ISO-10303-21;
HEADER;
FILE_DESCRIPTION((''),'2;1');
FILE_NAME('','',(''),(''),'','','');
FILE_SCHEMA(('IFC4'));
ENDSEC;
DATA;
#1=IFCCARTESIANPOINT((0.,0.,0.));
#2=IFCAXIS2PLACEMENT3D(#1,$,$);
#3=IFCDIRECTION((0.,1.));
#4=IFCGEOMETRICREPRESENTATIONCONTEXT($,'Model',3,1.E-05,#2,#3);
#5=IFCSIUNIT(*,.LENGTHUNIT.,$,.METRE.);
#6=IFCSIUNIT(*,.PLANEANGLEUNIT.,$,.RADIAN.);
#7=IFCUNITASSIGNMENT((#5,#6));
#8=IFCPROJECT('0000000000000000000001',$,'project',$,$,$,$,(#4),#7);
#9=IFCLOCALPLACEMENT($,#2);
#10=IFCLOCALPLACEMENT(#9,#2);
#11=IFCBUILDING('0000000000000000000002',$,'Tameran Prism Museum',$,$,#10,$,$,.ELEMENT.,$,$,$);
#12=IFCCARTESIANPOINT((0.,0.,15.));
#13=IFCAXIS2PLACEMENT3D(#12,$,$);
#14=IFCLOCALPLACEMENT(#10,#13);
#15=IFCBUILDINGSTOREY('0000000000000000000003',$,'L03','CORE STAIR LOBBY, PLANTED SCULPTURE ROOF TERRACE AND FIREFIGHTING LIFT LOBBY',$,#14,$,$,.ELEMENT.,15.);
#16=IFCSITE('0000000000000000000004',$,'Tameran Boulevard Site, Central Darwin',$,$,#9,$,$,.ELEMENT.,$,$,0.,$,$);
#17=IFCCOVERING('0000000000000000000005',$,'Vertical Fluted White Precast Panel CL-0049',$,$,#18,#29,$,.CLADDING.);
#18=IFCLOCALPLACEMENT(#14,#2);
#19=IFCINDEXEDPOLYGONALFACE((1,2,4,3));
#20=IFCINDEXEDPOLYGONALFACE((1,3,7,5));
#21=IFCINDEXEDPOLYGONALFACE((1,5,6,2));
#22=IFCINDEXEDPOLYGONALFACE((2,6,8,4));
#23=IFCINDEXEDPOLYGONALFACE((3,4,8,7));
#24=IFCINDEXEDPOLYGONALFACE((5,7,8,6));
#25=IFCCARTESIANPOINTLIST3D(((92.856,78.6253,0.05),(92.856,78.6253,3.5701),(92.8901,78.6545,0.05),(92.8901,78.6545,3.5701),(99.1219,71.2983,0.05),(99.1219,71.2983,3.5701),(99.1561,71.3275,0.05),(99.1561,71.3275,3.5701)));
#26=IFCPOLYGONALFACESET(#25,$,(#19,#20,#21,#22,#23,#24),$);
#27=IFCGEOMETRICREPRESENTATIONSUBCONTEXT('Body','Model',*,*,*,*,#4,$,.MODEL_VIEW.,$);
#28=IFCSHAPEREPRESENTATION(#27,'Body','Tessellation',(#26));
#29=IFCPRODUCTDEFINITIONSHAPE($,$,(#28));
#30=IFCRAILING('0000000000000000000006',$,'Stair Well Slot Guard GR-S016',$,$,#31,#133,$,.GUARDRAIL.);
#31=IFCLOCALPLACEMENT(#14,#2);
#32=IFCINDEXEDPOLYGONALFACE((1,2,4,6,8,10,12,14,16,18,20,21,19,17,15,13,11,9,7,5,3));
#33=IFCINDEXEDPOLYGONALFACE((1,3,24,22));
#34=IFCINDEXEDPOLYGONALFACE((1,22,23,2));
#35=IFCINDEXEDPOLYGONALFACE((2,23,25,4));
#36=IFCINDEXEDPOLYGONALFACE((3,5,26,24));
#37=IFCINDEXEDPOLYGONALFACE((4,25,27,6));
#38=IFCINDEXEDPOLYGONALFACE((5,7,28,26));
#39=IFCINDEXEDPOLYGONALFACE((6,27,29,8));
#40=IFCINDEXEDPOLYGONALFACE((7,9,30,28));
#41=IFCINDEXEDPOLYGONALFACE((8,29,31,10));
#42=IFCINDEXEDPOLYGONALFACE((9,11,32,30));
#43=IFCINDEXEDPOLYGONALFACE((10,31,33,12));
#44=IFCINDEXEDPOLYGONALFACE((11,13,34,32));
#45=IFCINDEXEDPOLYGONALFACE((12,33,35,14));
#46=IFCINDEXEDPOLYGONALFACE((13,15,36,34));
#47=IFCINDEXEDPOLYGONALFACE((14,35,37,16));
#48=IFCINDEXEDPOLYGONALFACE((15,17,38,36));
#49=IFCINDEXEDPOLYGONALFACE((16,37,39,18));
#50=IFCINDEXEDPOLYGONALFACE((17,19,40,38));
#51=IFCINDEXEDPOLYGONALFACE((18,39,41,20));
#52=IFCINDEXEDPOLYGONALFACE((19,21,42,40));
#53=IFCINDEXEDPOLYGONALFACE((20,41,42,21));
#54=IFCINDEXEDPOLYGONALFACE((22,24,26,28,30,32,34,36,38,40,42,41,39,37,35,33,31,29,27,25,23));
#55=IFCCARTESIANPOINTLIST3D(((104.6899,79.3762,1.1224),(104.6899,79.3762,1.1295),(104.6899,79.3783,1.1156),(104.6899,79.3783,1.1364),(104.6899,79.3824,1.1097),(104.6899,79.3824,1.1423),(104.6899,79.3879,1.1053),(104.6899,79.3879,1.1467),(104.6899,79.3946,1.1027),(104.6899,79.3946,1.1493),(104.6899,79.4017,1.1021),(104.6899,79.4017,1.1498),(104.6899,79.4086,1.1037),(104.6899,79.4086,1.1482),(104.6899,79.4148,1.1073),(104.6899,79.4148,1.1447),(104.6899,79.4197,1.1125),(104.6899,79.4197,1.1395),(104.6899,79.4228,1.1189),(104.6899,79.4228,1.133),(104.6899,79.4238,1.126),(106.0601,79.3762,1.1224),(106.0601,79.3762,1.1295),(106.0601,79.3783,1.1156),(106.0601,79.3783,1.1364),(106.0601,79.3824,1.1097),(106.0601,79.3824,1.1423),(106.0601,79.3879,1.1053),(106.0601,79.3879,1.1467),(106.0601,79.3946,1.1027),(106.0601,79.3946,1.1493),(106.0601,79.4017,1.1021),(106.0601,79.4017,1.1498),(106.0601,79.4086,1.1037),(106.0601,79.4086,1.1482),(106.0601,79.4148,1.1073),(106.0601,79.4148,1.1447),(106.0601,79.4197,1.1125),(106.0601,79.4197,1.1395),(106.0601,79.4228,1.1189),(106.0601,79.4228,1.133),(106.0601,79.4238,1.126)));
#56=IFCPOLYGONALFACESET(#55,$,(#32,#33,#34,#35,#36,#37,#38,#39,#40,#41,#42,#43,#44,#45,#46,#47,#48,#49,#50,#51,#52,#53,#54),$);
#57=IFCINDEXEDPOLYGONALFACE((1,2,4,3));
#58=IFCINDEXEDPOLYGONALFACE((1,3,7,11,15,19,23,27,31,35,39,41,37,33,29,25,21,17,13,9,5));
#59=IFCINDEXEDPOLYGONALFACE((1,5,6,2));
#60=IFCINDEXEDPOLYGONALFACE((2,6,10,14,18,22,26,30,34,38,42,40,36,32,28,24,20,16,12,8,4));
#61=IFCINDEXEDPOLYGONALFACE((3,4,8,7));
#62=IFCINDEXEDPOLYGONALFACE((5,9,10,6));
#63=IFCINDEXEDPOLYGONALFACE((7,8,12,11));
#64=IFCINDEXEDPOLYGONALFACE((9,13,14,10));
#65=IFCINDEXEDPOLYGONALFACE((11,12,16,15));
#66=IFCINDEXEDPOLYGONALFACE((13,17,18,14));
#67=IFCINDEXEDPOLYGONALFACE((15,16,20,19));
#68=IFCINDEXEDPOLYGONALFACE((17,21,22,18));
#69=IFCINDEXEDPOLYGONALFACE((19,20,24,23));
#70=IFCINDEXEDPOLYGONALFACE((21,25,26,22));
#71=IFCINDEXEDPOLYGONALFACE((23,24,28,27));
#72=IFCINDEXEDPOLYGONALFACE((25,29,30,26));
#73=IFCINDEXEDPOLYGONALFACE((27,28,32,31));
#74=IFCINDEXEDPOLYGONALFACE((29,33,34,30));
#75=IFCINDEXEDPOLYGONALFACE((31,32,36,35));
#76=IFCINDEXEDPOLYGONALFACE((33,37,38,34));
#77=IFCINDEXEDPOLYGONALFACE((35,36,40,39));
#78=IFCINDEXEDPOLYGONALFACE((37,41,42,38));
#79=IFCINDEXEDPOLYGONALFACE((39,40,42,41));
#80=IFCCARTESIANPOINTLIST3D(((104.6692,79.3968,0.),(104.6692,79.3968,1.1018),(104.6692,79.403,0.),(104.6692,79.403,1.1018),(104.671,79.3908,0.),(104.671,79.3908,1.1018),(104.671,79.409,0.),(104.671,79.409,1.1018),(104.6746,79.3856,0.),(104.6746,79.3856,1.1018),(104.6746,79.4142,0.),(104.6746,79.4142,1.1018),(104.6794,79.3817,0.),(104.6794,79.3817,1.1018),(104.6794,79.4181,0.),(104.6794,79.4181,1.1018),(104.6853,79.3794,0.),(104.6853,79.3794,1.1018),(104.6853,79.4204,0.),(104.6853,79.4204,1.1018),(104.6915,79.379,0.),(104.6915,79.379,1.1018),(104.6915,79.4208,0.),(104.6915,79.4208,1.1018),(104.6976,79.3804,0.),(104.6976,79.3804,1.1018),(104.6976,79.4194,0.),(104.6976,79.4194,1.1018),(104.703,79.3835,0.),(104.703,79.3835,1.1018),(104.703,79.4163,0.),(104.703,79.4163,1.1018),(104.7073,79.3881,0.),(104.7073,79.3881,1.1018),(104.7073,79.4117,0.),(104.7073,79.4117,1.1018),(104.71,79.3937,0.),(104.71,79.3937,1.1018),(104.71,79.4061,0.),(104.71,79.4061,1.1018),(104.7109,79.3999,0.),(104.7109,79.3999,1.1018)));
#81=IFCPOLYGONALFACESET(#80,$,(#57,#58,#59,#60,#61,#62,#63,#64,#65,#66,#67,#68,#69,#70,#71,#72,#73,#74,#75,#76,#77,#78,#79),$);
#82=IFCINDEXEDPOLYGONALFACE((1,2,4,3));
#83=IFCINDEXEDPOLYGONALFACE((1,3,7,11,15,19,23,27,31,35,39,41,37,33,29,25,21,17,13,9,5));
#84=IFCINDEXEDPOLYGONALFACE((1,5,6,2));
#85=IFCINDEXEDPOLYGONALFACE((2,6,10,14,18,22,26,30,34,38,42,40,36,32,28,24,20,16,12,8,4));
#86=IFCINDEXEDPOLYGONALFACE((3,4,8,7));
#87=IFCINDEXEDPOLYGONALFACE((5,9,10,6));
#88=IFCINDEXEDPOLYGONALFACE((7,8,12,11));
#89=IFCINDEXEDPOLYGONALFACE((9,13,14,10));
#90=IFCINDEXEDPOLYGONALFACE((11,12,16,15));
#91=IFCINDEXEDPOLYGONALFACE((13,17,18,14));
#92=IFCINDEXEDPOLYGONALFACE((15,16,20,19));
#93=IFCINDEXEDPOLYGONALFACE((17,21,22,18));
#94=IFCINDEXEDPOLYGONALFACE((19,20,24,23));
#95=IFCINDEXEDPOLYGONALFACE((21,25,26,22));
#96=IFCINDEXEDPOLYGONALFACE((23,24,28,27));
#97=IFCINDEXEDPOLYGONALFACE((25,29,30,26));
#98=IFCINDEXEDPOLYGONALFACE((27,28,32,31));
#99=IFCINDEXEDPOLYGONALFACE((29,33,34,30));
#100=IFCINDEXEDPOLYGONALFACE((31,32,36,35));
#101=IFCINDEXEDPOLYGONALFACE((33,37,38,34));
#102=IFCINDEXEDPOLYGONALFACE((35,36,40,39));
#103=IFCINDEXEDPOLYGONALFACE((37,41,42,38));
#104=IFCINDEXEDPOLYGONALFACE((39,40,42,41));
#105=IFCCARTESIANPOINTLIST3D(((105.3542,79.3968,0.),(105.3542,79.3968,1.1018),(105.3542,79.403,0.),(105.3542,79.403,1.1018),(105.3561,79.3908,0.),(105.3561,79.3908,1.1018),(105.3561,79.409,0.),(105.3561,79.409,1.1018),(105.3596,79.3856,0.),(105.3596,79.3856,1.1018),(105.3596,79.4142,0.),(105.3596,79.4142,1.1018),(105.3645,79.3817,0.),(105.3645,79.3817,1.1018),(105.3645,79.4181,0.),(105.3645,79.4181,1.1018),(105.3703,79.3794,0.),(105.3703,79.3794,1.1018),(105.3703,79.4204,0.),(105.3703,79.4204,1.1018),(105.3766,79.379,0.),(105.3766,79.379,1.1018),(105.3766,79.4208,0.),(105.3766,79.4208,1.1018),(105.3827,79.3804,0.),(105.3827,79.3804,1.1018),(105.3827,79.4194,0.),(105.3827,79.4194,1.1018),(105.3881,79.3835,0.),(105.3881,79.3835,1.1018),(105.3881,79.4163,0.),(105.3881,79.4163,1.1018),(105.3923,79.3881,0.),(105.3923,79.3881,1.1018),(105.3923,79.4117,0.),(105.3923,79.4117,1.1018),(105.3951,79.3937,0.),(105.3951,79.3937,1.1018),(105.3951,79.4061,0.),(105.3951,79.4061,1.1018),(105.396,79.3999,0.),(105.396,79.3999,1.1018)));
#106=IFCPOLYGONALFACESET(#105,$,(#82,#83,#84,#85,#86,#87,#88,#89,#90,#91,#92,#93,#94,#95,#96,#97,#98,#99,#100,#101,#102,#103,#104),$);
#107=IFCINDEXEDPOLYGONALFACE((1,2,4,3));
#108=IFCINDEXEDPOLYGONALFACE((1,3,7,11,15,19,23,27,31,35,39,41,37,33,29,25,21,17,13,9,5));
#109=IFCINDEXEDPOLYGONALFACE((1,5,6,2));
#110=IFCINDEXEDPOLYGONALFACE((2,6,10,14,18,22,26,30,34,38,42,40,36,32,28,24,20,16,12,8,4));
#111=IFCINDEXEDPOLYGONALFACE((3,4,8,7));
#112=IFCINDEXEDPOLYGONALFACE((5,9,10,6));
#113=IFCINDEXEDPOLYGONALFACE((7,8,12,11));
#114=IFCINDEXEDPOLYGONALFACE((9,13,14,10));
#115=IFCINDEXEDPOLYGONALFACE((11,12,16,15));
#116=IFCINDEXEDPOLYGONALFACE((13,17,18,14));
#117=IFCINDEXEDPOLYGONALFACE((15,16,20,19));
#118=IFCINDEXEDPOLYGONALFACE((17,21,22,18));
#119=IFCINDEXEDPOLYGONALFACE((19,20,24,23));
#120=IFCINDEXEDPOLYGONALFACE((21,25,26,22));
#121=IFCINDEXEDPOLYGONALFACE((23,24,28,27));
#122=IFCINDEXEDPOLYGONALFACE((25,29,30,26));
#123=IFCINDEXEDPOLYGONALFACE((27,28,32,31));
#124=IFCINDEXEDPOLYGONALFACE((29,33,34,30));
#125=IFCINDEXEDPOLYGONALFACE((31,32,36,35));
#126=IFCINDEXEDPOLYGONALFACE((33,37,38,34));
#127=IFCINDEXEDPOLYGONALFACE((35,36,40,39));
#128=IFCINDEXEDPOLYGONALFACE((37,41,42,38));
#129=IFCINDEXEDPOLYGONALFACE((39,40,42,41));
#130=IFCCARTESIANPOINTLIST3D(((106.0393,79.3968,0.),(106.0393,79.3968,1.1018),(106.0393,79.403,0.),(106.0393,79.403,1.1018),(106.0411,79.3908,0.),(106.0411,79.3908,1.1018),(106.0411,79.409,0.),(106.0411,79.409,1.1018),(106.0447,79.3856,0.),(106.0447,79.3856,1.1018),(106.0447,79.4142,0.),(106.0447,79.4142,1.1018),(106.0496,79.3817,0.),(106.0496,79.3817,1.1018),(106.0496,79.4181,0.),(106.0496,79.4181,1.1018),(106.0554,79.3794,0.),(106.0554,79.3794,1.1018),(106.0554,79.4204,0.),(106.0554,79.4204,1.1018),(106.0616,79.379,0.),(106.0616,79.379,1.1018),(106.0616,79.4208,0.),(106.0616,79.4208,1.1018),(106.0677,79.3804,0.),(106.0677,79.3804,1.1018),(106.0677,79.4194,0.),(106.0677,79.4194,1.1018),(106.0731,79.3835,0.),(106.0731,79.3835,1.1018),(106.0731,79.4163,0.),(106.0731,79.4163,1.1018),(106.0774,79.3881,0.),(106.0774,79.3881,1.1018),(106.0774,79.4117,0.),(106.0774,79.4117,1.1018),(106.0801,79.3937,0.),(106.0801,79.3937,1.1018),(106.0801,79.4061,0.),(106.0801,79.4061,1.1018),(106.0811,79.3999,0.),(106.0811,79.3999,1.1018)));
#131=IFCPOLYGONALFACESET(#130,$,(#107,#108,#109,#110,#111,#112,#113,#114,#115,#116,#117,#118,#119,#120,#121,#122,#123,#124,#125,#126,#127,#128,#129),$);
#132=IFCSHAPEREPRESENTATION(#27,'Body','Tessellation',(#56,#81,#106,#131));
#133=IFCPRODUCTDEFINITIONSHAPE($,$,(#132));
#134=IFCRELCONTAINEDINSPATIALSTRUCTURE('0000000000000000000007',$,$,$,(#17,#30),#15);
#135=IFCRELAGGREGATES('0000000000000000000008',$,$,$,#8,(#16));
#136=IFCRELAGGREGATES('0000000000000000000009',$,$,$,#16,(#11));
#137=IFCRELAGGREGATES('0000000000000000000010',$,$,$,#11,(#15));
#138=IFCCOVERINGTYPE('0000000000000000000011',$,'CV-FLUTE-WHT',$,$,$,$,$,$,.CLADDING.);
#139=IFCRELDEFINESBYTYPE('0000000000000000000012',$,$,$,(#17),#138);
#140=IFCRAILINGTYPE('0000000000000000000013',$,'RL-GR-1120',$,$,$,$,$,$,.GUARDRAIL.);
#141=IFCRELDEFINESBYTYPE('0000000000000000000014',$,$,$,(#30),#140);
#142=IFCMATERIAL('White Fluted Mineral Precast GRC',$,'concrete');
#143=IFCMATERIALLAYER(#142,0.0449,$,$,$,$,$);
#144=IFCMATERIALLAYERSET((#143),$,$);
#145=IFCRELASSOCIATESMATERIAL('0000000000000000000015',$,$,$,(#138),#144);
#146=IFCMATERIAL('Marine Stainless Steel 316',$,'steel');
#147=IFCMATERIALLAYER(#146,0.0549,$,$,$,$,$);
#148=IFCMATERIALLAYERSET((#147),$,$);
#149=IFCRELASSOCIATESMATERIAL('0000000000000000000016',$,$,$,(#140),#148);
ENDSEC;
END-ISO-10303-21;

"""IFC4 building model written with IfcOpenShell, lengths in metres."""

from ifc_helpers import new_model, si_unit, direction, frame, frame_2d, origin, origin_2d, place, context, subcontext, project, spatial, rectangle, circle, extrude, material, layer, layer_set, type_object, element, save


model = new_model("IFC4")

# Units and contexts
model_context = context("Model", 3, precision=1e-05, world=origin(), true_north=direction((0.0, 1.0)))
body_context = subcontext(model_context, "Body", "Model", "MODEL_VIEW")
ifc_project = project(units=[si_unit("LENGTHUNIT", "METRE"), si_unit("PLANEANGLEUNIT", "RADIAN")], contexts=[model_context])

# Site, building, storey
site_placement = place(None, origin())
site = spatial("IfcSite", under=ifc_project, at=site_placement, Name="Tameran Boulevard Site, Central Darwin", CompositionType="ELEMENT", RefElevation=0.0)
building_placement = place(site_placement, origin())
building = spatial("IfcBuilding", under=site, at=building_placement, Name="Tameran Prism Museum", CompositionType="ELEMENT")
storey_placement = place(building_placement, frame((0.0, 0.0, 15.0)))
storey = spatial("IfcBuildingStorey", under=building, at=storey_placement, Name="L03", Description="CORE STAIR LOBBY, PLANTED SCULPTURE ROOF TERRACE AND FIREFIGHTING LIFT LOBBY", CompositionType="ELEMENT", Elevation=15.0)

# Covering
ifc_material_1 = material(Name="White Fluted Mineral Precast GRC", Category="concrete")
ifc_layer_1 = layer(ifc_material_1, 0.0449)
ifc_layer_set_1 = layer_set([ifc_layer_1])
covering_type = type_object("IfcCoveringType", Name="CV-FLUTE-WHT", PredefinedType="CLADDING", material=ifc_layer_set_1)
covering_placement = place(storey_placement, frame((99.1389, 71.313, 0.05), z_axis=(0.0, 0.0, 1.0), x_axis=(-0.649934, 0.759991, 0.0)))
element("IfcCovering", 1, at=covering_placement, inside=storey, type_object=covering_type, Name="Vertical Fluted White Precast Panel CL-0049", PredefinedType="CLADDING", context=body_context, shape_type="SweptSolid", body=[
    extrude(rectangle(XDim=9.6409, YDim=0.0449, at=frame_2d((4.8203, 0.0))), origin(), (0.0, 0.0, 1.0), 3.52),
])

# Railing
ifc_material_2 = material(Name="Marine Stainless Steel 316", Category="steel")
ifc_layer_2 = layer(ifc_material_2, 0.0549)
ifc_layer_set_2 = layer_set([ifc_layer_2])
railing_type_1 = type_object("IfcRailingType", Name="RL-GR-1120", PredefinedType="GUARDRAIL", material=ifc_layer_set_2)
railing_1_placement = place(storey_placement, frame((104.6899, 79.3999, 0.0)))
element("IfcRailing", 2, at=railing_1_placement, inside=storey, type_object=railing_type_1, Name="Stair Well Slot Guard GR-S016", PredefinedType="GUARDRAIL", context=body_context, shape_type="SweptSolid", body=[
    extrude(circle(Radius=0.0239, at=origin_2d()), frame((0.0, 0.0, 1.126), z_axis=(1.0, 0.0, 0.0), x_axis=(0.0, 1.0, 0.0)), (0.0, 0.0, 1.0), 1.3701),
    extrude(circle(Radius=0.021, at=origin_2d()), origin(), (0.0, 0.0, 1.0), 1.1018),
    extrude(circle(Radius=0.021, at=origin_2d()), frame((0.6851, 0.0, 0.0)), (0.0, 0.0, 1.0), 1.1018),
    extrude(circle(Radius=0.021, at=origin_2d()), frame((1.3701, 0.0, 0.0)), (0.0, 0.0, 1.0), 1.1018),
])

save(model, "model.ifc")
